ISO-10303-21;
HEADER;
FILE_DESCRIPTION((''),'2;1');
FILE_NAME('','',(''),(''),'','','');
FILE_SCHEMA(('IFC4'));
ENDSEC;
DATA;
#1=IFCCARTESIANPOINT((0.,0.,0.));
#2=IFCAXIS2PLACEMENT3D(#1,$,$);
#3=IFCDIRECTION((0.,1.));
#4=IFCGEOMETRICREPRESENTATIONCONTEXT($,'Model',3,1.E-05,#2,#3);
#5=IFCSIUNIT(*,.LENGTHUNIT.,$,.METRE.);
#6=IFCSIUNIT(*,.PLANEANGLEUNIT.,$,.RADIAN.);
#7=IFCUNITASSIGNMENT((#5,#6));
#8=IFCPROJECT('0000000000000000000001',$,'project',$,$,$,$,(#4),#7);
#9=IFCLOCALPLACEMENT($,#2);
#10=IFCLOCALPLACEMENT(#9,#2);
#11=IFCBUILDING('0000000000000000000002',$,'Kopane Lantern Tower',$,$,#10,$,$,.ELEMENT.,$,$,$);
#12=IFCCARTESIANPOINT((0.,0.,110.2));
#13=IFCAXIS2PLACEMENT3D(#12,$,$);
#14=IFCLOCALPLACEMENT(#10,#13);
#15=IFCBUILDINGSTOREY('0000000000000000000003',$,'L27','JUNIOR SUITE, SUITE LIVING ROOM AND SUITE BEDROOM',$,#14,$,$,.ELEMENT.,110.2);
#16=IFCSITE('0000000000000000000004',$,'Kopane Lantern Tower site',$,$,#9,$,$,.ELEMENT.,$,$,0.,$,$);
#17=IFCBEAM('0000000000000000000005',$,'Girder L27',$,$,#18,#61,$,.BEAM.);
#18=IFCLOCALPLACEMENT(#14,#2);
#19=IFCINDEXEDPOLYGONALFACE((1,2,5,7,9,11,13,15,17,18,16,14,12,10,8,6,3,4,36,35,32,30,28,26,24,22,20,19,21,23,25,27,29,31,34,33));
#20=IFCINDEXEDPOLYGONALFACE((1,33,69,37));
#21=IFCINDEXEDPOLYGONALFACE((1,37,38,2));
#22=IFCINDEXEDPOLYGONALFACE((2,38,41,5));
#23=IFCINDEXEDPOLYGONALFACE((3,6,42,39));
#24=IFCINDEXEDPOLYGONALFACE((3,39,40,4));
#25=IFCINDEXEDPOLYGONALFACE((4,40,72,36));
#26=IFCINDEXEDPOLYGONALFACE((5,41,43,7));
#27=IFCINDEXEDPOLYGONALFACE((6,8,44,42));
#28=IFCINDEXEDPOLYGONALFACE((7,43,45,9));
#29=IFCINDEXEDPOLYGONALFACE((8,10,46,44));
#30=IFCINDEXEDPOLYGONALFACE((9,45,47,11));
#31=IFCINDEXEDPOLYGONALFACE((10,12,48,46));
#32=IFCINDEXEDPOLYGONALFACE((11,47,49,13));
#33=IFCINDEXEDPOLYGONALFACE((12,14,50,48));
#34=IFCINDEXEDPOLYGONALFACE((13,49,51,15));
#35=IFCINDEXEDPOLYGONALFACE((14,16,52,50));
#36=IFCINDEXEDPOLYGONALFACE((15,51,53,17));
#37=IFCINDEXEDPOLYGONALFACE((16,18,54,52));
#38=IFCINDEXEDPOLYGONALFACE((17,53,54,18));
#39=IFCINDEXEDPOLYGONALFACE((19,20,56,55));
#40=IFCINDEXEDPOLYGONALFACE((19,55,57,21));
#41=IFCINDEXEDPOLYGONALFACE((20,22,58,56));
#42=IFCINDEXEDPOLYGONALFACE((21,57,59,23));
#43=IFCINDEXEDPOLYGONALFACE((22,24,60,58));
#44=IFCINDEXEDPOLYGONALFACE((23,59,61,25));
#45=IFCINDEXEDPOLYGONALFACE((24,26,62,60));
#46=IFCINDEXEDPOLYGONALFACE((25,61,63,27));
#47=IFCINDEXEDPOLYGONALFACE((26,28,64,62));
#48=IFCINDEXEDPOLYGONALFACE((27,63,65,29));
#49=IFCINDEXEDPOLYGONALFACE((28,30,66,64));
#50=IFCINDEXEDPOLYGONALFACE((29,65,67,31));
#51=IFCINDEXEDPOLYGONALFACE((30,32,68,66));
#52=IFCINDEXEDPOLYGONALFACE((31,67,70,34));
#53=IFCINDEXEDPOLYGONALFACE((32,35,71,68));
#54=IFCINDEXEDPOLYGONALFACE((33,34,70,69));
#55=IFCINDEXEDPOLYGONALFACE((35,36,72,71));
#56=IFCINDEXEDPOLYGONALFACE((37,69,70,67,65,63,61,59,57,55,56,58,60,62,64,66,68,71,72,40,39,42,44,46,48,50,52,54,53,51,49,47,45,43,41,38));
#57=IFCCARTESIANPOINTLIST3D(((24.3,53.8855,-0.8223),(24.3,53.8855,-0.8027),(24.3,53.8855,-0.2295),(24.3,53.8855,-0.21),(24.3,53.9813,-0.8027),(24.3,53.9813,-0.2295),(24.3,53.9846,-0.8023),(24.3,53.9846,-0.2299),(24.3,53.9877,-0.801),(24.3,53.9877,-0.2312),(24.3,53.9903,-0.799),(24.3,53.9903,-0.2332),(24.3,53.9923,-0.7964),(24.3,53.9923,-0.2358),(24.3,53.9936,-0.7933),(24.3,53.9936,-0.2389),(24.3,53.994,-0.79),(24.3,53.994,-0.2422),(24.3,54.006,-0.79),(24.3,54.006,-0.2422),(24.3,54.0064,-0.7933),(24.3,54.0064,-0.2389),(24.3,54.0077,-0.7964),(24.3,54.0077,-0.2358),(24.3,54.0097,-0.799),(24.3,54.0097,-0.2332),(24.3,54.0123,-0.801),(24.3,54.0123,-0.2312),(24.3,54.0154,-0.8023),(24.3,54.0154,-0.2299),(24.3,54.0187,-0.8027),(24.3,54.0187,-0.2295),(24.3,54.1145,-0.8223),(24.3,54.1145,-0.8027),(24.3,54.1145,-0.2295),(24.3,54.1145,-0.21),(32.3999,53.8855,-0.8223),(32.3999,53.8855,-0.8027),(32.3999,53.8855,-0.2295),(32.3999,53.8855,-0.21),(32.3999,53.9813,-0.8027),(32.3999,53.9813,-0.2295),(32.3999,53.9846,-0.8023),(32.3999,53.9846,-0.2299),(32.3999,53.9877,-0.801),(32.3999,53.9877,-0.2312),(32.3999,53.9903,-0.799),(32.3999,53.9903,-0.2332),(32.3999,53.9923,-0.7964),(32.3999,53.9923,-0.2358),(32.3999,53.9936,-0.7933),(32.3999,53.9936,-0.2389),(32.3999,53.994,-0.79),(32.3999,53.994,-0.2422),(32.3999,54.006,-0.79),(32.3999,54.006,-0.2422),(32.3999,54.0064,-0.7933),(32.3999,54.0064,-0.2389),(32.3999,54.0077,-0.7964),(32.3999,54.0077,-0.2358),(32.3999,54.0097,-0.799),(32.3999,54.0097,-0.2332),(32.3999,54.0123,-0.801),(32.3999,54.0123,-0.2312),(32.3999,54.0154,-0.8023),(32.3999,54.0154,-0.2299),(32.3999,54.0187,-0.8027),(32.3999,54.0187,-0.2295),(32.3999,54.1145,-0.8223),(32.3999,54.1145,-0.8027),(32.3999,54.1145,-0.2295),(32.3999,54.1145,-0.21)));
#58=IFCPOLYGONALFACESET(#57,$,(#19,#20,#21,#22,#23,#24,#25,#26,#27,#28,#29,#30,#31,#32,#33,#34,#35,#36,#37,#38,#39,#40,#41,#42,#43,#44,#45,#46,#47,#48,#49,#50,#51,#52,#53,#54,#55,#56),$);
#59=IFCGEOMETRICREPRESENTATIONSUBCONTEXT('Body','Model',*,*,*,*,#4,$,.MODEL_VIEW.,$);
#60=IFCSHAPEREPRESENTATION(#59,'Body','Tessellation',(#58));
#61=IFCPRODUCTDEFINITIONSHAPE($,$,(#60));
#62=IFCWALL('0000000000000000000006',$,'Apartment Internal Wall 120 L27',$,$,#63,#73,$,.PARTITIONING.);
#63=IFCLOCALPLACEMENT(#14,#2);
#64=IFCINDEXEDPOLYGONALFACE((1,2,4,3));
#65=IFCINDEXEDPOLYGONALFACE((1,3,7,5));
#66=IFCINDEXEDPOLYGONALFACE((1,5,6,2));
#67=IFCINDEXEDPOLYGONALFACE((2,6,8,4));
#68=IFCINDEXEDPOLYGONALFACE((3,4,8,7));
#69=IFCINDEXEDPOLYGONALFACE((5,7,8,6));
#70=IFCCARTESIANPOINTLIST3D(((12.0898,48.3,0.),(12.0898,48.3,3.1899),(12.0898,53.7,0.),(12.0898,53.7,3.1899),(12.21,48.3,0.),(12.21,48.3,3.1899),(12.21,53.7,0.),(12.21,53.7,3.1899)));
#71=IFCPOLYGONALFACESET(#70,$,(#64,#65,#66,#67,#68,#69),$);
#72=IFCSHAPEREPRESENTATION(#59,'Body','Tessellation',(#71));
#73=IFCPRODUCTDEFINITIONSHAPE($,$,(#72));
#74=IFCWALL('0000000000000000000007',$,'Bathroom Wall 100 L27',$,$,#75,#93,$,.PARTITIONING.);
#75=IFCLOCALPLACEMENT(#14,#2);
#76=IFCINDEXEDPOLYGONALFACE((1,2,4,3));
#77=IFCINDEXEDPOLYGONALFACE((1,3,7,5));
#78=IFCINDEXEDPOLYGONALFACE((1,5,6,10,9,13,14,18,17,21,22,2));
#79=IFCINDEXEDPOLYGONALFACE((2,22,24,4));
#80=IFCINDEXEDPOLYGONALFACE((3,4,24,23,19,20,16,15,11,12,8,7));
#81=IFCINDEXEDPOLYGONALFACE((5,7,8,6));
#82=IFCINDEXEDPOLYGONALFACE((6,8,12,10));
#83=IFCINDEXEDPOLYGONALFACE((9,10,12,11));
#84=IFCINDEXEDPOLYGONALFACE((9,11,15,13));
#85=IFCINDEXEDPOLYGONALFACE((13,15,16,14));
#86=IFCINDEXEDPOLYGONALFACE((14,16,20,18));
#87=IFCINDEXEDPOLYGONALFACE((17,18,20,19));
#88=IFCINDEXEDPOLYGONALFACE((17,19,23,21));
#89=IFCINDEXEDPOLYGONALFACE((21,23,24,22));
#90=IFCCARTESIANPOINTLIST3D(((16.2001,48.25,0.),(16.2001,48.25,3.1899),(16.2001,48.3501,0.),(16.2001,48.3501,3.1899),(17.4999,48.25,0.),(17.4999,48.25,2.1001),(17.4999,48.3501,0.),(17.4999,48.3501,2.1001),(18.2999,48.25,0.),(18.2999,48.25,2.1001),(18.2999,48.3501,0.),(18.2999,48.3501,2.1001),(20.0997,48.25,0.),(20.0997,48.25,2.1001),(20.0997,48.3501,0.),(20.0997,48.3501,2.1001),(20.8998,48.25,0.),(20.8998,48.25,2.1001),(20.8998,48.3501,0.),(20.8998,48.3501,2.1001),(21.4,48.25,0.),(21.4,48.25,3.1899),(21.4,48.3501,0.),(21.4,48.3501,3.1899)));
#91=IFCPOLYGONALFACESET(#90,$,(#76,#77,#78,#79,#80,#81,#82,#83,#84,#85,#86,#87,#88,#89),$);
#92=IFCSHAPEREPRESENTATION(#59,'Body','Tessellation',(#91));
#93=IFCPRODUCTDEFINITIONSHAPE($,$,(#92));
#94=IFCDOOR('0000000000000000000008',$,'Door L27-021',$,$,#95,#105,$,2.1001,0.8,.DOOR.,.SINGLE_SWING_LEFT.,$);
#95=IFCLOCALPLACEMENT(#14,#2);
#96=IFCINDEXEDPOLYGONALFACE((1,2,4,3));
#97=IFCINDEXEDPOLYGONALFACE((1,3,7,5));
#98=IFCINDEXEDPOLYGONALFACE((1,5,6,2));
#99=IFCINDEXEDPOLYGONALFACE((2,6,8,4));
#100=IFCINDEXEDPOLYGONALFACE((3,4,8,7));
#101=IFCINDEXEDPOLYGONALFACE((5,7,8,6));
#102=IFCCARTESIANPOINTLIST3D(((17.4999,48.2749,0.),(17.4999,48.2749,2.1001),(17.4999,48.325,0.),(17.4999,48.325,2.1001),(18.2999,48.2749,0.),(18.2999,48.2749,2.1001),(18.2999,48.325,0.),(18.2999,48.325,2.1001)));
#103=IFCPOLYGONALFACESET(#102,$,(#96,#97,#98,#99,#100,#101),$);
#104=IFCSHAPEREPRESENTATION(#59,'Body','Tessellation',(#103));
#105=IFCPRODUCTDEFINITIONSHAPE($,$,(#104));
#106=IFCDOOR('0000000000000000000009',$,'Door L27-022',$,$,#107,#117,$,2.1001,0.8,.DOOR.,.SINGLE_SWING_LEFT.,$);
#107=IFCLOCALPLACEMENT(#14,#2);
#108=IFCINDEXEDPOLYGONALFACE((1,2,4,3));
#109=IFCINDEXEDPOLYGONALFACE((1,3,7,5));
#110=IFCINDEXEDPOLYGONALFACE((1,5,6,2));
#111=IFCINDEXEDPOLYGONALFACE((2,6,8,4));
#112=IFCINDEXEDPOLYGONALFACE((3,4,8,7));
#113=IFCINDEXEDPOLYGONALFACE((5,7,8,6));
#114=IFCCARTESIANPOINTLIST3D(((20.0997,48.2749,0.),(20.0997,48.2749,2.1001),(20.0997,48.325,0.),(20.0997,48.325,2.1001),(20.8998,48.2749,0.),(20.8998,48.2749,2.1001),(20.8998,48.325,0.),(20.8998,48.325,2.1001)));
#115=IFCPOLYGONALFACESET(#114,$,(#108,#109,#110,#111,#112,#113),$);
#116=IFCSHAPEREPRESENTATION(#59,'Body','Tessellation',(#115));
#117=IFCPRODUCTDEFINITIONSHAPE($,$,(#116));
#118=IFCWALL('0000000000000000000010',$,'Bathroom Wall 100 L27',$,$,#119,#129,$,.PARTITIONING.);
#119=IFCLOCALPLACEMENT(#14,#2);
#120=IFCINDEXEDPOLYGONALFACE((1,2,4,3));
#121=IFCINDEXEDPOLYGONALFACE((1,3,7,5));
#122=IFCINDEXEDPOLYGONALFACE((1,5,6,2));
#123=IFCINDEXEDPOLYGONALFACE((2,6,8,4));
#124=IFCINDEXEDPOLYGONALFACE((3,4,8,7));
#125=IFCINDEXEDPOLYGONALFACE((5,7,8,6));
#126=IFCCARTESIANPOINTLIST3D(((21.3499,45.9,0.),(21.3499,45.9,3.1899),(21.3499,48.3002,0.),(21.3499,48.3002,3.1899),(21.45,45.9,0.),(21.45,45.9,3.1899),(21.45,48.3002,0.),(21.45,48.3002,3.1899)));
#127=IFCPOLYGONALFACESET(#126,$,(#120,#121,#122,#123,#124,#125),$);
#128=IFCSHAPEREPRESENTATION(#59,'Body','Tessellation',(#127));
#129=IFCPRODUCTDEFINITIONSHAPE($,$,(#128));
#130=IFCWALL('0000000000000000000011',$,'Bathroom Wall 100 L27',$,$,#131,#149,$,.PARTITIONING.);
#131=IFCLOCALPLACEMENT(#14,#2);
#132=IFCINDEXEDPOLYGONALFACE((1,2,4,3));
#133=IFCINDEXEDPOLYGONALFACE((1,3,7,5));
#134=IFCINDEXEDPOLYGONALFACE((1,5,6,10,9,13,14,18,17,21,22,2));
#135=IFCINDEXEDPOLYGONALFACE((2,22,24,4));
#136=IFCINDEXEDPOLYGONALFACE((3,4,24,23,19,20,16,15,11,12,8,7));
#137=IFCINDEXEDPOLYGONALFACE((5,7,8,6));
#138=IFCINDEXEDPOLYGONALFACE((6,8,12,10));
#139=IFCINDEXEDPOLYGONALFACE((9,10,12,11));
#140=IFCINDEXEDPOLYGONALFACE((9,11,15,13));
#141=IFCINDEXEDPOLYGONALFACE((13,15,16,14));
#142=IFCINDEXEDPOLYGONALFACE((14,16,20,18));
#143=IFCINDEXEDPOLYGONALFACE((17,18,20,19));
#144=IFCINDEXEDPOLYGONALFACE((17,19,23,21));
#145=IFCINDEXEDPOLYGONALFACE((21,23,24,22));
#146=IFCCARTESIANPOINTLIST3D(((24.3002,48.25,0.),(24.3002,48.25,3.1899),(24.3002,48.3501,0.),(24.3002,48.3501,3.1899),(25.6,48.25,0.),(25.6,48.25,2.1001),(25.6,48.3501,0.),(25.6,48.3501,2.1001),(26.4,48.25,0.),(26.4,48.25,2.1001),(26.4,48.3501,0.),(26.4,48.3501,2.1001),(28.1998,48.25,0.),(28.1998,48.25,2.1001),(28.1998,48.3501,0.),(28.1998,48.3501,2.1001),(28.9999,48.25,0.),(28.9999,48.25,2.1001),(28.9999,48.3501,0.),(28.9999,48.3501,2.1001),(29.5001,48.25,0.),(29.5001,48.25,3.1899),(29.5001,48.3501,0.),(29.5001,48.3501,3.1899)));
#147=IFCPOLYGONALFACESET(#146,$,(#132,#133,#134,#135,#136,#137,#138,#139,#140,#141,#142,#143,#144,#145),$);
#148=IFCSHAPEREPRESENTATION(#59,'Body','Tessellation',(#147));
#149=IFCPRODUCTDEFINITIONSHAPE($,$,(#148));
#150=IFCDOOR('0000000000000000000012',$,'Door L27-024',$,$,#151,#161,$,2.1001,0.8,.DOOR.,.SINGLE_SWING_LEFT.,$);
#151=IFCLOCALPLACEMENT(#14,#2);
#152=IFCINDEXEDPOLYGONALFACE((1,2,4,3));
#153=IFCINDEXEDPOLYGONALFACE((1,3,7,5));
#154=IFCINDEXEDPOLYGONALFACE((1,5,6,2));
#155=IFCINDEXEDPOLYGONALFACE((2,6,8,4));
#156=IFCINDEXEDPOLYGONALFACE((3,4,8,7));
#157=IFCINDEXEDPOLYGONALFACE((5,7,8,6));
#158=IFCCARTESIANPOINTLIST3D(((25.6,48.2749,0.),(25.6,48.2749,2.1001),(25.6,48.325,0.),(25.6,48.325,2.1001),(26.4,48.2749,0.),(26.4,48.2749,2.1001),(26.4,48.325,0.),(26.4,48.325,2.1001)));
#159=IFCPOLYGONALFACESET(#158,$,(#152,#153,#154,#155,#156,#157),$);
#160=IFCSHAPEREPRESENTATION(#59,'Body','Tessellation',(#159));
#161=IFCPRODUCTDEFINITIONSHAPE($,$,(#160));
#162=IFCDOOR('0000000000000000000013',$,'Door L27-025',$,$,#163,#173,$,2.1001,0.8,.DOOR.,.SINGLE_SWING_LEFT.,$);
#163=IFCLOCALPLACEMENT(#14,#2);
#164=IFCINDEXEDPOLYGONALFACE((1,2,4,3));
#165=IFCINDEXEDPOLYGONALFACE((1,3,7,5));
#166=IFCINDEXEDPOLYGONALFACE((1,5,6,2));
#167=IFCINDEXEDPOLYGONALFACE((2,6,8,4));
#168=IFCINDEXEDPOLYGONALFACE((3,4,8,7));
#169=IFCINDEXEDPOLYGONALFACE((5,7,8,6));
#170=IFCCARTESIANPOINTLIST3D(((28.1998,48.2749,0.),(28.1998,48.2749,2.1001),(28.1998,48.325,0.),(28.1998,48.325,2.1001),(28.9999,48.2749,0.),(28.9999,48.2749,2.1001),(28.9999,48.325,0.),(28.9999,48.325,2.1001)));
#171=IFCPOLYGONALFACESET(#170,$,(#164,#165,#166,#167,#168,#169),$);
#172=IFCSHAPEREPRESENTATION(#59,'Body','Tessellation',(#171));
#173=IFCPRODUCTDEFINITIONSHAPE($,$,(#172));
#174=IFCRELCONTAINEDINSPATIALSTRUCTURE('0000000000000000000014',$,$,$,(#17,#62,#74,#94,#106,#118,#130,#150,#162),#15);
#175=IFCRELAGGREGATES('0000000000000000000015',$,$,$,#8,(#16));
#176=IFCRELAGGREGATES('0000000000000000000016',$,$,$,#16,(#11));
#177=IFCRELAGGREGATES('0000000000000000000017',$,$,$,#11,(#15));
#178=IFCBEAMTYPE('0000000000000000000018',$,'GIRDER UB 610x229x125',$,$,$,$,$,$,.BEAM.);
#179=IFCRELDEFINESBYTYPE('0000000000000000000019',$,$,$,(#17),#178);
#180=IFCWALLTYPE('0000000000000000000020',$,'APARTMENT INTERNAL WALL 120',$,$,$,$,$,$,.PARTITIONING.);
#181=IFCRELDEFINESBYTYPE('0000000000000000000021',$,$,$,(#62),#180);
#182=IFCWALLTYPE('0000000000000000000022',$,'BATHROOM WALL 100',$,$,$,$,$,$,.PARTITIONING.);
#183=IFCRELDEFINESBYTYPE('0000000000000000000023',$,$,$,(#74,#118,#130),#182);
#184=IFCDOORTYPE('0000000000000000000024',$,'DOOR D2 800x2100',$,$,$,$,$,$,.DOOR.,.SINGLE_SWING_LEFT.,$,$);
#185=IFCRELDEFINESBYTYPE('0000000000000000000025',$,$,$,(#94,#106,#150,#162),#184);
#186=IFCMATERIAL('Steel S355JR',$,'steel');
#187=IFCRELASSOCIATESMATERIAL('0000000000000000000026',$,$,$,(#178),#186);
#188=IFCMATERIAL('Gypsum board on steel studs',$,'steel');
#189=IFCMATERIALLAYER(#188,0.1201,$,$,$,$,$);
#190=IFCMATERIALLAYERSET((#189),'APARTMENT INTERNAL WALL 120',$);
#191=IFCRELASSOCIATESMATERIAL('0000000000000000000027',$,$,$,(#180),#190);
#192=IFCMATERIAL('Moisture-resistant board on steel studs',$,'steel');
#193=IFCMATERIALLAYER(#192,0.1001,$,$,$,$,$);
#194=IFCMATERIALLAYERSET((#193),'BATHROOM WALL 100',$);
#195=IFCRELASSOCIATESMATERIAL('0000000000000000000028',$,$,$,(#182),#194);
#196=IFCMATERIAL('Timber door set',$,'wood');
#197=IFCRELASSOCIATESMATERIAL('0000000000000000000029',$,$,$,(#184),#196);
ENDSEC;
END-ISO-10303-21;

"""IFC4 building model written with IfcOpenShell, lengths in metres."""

from ifc_helpers import new_model, si_unit, direction, frame, frame_2d, origin, origin_2d, place, context, subcontext, project, spatial, rectangle, i_section, extrude, material, layer, layer_set, material_profile, profile_set, type_object, element, fill, save


model = new_model("IFC4")

# Units and contexts
model_context = context("Model", 3, precision=1e-05, world=origin(), true_north=direction((0.0, 1.0)))
body_context = subcontext(model_context, "Body", "Model", "MODEL_VIEW")
ifc_project = project(units=[si_unit("LENGTHUNIT", "METRE"), si_unit("PLANEANGLEUNIT", "RADIAN")], contexts=[model_context])

# Site, building, storey
site_placement = place(None, origin())
site = spatial("IfcSite", under=ifc_project, at=site_placement, Name="Kopane Lantern Tower site", CompositionType="ELEMENT", RefElevation=0.0)
building_placement = place(site_placement, origin())
building = spatial("IfcBuilding", under=site, at=building_placement, Name="Kopane Lantern Tower", CompositionType="ELEMENT")
storey_placement = place(building_placement, frame((0.0, 0.0, 110.2)))
storey = spatial("IfcBuildingStorey", under=building, at=storey_placement, Name="L27", Description="JUNIOR SUITE, SUITE LIVING ROOM AND SUITE BEDROOM", CompositionType="ELEMENT", Elevation=110.2)

# Beam
ifc_material_1 = material(Name="Steel S355JR", Category="steel")
ifc_material_profile_1 = material_profile(ifc_material_1, i_section(OverallWidth=0.229, OverallDepth=0.6123, WebThickness=0.012, FlangeThickness=0.0195, FilletRadius=0.0127, at=origin_2d()), Name="UB 610x229x125")
ifc_profile_set_1 = profile_set([ifc_material_profile_1], Name="Steel S355JR")
beam_type = type_object("IfcBeamType", Name="GIRDER UB 610x229x125", PredefinedType="BEAM", material=ifc_profile_set_1)
for number, where, z_axis, x_axis, name in (
    (1, (24.3, 54.0, -0.5161), (1.0, 0.0, 0.0), (0.0, 1.0, 0.0), "Girder L27"),
):
    element("IfcBeam", number, at=place(storey_placement, frame(where, z_axis=z_axis, x_axis=x_axis)), inside=storey, type_object=beam_type, Name=name, PredefinedType="BEAM", context=body_context, shape_type="SweptSolid", body=[
        extrude(i_section(OverallWidth=0.229, OverallDepth=0.6123, WebThickness=0.012, FlangeThickness=0.0195, FilletRadius=0.0127, at=origin_2d()), origin(), (0.0, 0.0, 1.0), 8.0999),
    ])

# Wall
ifc_material_2 = material(Name="Gypsum board on steel studs", Category="steel")
ifc_layer_1 = layer(ifc_material_2, 0.1201)
ifc_layer_set_1 = layer_set([ifc_layer_1], Name="APARTMENT INTERNAL WALL 120")
wall_type_1 = type_object("IfcWallType", Name="APARTMENT INTERNAL WALL 120", PredefinedType="PARTITIONING", material=ifc_layer_set_1)
wall_1_placement = place(storey_placement, frame((12.1499, 48.3, 0.0), z_axis=(0.0, 0.0, 1.0), x_axis=(0.0, 1.0, 0.0)))
element("IfcWall", 2, at=wall_1_placement, inside=storey, type_object=wall_type_1, Name="Apartment Internal Wall 120 L27", PredefinedType="PARTITIONING", context=body_context, shape_type="SweptSolid", body=[
    extrude(rectangle(XDim=5.3999, YDim=0.1201, at=frame_2d((2.7, 0.0))), origin(), (0.0, 0.0, 1.0), 3.1899),
])

# Wall, openings, doors
ifc_material_3 = material(Name="Moisture-resistant board on steel studs", Category="steel")
ifc_layer_2 = layer(ifc_material_3, 0.1001)
ifc_layer_set_2 = layer_set([ifc_layer_2], Name="BATHROOM WALL 100")
wall_type_2 = type_object("IfcWallType", Name="BATHROOM WALL 100", PredefinedType="PARTITIONING", material=ifc_layer_set_2)
wall_2_placement = place(storey_placement, frame((16.2, 48.3, 0.0), z_axis=(0.0, 0.0, 1.0), x_axis=(1.0, 0.0, 0.0)))
wall_2 = element("IfcWall", 3, at=wall_2_placement, inside=storey, type_object=wall_type_2, Name="Bathroom Wall 100 L27", PredefinedType="PARTITIONING", context=body_context, shape_type="SweptSolid", body=[
    extrude(rectangle(XDim=5.2, YDim=0.1001, at=frame_2d((2.6001, 0.0))), origin(), (0.0, 0.0, 1.0), 3.1899),
])
opening_1_placement = place(wall_2_placement, frame((1.3, 0.0, 0.0)))
opening_1 = element("IfcOpeningElement", 4, at=opening_1_placement, cuts=wall_2, PredefinedType="OPENING", context=body_context, shape_type="SweptSolid", body=[
    extrude(rectangle(XDim=0.8, YDim=2.1001, at=frame_2d((0.3999, 1.05))), frame((0.0, 0.0601, 0.0), z_axis=(0.0, -1.0, 0.0), x_axis=(1.0, 0.0, 0.0)), (0.0, 0.0, 1.0), 0.1201),
])
opening_2_placement = place(wall_2_placement, frame((3.8999, 0.0, 0.0)))
opening_2 = element("IfcOpeningElement", 5, at=opening_2_placement, cuts=wall_2, PredefinedType="OPENING", context=body_context, shape_type="SweptSolid", body=[
    extrude(rectangle(XDim=0.8, YDim=2.1001, at=frame_2d((0.3999, 1.05))), frame((0.0, 0.0601, 0.0), z_axis=(0.0, -1.0, 0.0), x_axis=(1.0, 0.0, 0.0)), (0.0, 0.0, 1.0), 0.1201),
])
ifc_material_4 = material(Name="Timber door set", Category="wood")
door_type = type_object("IfcDoorType", Name="DOOR D2 800x2100", OperationType="SINGLE_SWING_LEFT", PredefinedType="DOOR", material=ifc_material_4)
door_1_placement = place(opening_1_placement, origin())
door_1 = element("IfcDoor", 6, at=door_1_placement, inside=storey, type_object=door_type, Name="Door L27-021", OperationType="SINGLE_SWING_LEFT", OverallHeight=2.1001, OverallWidth=0.8, PredefinedType="DOOR", context=body_context, shape_type="SweptSolid", body=[
    extrude(rectangle(XDim=0.8, YDim=2.1001, at=frame_2d((0.3999, 1.05))), frame((0.0, 0.0249, 0.0), z_axis=(0.0, -1.0, 0.0), x_axis=(1.0, 0.0, 0.0)), (0.0, 0.0, 1.0), 0.05),
])
fill(opening_1, door_1)
door_2_placement = place(opening_2_placement, origin())
door_2 = element("IfcDoor", 7, at=door_2_placement, inside=storey, type_object=door_type, Name="Door L27-022", OperationType="SINGLE_SWING_LEFT", OverallHeight=2.1001, OverallWidth=0.8, PredefinedType="DOOR", context=body_context, shape_type="SweptSolid", body=[
    extrude(rectangle(XDim=0.8, YDim=2.1001, at=frame_2d((0.3999, 1.05))), frame((0.0, 0.0249, 0.0), z_axis=(0.0, -1.0, 0.0), x_axis=(1.0, 0.0, 0.0)), (0.0, 0.0, 1.0), 0.05),
])
fill(opening_2, door_2)

# Wall
wall_3_placement = place(storey_placement, frame((21.3999, 45.8999, 0.0), z_axis=(0.0, 0.0, 1.0), x_axis=(0.0, 1.0, 0.0)))
element("IfcWall", 8, at=wall_3_placement, inside=storey, type_object=wall_type_2, Name="Bathroom Wall 100 L27", PredefinedType="PARTITIONING", context=body_context, shape_type="SweptSolid", body=[
    extrude(rectangle(XDim=2.4001, YDim=0.1001, at=frame_2d((1.2002, 0.0))), origin(), (0.0, 0.0, 1.0), 3.1899),
])

# Wall, openings, doors
wall_4_placement = place(storey_placement, frame((24.3, 48.3, 0.0), z_axis=(0.0, 0.0, 1.0), x_axis=(1.0, 0.0, 0.0)))
wall_4 = element("IfcWall", 9, at=wall_4_placement, inside=storey, type_object=wall_type_2, Name="Bathroom Wall 100 L27", PredefinedType="PARTITIONING", context=body_context, shape_type="SweptSolid", body=[
    extrude(rectangle(XDim=5.2, YDim=0.1001, at=frame_2d((2.6001, 0.0))), origin(), (0.0, 0.0, 1.0), 3.1899),
])
opening_3_placement = place(wall_4_placement, frame((1.3, 0.0, 0.0)))
opening_3 = element("IfcOpeningElement", 10, at=opening_3_placement, cuts=wall_4, PredefinedType="OPENING", context=body_context, shape_type="SweptSolid", body=[
    extrude(rectangle(XDim=0.8, YDim=2.1001, at=frame_2d((0.3999, 1.05))), frame((0.0, 0.0601, 0.0), z_axis=(0.0, -1.0, 0.0), x_axis=(1.0, 0.0, 0.0)), (0.0, 0.0, 1.0), 0.1201),
])
opening_4_placement = place(wall_4_placement, frame((3.8999, 0.0, 0.0)))
opening_4 = element("IfcOpeningElement", 11, at=opening_4_placement, cuts=wall_4, PredefinedType="OPENING", context=body_context, shape_type="SweptSolid", body=[
    extrude(rectangle(XDim=0.8, YDim=2.1001, at=frame_2d((0.3999, 1.05))), frame((0.0, 0.0601, 0.0), z_axis=(0.0, -1.0, 0.0), x_axis=(1.0, 0.0, 0.0)), (0.0, 0.0, 1.0), 0.1201),
])
door_3_placement = place(opening_3_placement, origin())
door_3 = element("IfcDoor", 12, at=door_3_placement, inside=storey, type_object=door_type, Name="Door L27-024", OperationType="SINGLE_SWING_LEFT", OverallHeight=2.1001, OverallWidth=0.8, PredefinedType="DOOR", context=body_context, shape_type="SweptSolid", body=[
    extrude(rectangle(XDim=0.8, YDim=2.1001, at=frame_2d((0.3999, 1.05))), frame((0.0, 0.0249, 0.0), z_axis=(0.0, -1.0, 0.0), x_axis=(1.0, 0.0, 0.0)), (0.0, 0.0, 1.0), 0.05),
])
fill(opening_3, door_3)
door_4_placement = place(opening_4_placement, origin())
door_4 = element("IfcDoor", 13, at=door_4_placement, inside=storey, type_object=door_type, Name="Door L27-025", OperationType="SINGLE_SWING_LEFT", OverallHeight=2.1001, OverallWidth=0.8, PredefinedType="DOOR", context=body_context, shape_type="SweptSolid", body=[
    extrude(rectangle(XDim=0.8, YDim=2.1001, at=frame_2d((0.3999, 1.05))), frame((0.0, 0.0249, 0.0), z_axis=(0.0, -1.0, 0.0), x_axis=(1.0, 0.0, 0.0)), (0.0, 0.0, 1.0), 0.05),
])
fill(opening_4, door_4)

save(model, "model.ifc")
